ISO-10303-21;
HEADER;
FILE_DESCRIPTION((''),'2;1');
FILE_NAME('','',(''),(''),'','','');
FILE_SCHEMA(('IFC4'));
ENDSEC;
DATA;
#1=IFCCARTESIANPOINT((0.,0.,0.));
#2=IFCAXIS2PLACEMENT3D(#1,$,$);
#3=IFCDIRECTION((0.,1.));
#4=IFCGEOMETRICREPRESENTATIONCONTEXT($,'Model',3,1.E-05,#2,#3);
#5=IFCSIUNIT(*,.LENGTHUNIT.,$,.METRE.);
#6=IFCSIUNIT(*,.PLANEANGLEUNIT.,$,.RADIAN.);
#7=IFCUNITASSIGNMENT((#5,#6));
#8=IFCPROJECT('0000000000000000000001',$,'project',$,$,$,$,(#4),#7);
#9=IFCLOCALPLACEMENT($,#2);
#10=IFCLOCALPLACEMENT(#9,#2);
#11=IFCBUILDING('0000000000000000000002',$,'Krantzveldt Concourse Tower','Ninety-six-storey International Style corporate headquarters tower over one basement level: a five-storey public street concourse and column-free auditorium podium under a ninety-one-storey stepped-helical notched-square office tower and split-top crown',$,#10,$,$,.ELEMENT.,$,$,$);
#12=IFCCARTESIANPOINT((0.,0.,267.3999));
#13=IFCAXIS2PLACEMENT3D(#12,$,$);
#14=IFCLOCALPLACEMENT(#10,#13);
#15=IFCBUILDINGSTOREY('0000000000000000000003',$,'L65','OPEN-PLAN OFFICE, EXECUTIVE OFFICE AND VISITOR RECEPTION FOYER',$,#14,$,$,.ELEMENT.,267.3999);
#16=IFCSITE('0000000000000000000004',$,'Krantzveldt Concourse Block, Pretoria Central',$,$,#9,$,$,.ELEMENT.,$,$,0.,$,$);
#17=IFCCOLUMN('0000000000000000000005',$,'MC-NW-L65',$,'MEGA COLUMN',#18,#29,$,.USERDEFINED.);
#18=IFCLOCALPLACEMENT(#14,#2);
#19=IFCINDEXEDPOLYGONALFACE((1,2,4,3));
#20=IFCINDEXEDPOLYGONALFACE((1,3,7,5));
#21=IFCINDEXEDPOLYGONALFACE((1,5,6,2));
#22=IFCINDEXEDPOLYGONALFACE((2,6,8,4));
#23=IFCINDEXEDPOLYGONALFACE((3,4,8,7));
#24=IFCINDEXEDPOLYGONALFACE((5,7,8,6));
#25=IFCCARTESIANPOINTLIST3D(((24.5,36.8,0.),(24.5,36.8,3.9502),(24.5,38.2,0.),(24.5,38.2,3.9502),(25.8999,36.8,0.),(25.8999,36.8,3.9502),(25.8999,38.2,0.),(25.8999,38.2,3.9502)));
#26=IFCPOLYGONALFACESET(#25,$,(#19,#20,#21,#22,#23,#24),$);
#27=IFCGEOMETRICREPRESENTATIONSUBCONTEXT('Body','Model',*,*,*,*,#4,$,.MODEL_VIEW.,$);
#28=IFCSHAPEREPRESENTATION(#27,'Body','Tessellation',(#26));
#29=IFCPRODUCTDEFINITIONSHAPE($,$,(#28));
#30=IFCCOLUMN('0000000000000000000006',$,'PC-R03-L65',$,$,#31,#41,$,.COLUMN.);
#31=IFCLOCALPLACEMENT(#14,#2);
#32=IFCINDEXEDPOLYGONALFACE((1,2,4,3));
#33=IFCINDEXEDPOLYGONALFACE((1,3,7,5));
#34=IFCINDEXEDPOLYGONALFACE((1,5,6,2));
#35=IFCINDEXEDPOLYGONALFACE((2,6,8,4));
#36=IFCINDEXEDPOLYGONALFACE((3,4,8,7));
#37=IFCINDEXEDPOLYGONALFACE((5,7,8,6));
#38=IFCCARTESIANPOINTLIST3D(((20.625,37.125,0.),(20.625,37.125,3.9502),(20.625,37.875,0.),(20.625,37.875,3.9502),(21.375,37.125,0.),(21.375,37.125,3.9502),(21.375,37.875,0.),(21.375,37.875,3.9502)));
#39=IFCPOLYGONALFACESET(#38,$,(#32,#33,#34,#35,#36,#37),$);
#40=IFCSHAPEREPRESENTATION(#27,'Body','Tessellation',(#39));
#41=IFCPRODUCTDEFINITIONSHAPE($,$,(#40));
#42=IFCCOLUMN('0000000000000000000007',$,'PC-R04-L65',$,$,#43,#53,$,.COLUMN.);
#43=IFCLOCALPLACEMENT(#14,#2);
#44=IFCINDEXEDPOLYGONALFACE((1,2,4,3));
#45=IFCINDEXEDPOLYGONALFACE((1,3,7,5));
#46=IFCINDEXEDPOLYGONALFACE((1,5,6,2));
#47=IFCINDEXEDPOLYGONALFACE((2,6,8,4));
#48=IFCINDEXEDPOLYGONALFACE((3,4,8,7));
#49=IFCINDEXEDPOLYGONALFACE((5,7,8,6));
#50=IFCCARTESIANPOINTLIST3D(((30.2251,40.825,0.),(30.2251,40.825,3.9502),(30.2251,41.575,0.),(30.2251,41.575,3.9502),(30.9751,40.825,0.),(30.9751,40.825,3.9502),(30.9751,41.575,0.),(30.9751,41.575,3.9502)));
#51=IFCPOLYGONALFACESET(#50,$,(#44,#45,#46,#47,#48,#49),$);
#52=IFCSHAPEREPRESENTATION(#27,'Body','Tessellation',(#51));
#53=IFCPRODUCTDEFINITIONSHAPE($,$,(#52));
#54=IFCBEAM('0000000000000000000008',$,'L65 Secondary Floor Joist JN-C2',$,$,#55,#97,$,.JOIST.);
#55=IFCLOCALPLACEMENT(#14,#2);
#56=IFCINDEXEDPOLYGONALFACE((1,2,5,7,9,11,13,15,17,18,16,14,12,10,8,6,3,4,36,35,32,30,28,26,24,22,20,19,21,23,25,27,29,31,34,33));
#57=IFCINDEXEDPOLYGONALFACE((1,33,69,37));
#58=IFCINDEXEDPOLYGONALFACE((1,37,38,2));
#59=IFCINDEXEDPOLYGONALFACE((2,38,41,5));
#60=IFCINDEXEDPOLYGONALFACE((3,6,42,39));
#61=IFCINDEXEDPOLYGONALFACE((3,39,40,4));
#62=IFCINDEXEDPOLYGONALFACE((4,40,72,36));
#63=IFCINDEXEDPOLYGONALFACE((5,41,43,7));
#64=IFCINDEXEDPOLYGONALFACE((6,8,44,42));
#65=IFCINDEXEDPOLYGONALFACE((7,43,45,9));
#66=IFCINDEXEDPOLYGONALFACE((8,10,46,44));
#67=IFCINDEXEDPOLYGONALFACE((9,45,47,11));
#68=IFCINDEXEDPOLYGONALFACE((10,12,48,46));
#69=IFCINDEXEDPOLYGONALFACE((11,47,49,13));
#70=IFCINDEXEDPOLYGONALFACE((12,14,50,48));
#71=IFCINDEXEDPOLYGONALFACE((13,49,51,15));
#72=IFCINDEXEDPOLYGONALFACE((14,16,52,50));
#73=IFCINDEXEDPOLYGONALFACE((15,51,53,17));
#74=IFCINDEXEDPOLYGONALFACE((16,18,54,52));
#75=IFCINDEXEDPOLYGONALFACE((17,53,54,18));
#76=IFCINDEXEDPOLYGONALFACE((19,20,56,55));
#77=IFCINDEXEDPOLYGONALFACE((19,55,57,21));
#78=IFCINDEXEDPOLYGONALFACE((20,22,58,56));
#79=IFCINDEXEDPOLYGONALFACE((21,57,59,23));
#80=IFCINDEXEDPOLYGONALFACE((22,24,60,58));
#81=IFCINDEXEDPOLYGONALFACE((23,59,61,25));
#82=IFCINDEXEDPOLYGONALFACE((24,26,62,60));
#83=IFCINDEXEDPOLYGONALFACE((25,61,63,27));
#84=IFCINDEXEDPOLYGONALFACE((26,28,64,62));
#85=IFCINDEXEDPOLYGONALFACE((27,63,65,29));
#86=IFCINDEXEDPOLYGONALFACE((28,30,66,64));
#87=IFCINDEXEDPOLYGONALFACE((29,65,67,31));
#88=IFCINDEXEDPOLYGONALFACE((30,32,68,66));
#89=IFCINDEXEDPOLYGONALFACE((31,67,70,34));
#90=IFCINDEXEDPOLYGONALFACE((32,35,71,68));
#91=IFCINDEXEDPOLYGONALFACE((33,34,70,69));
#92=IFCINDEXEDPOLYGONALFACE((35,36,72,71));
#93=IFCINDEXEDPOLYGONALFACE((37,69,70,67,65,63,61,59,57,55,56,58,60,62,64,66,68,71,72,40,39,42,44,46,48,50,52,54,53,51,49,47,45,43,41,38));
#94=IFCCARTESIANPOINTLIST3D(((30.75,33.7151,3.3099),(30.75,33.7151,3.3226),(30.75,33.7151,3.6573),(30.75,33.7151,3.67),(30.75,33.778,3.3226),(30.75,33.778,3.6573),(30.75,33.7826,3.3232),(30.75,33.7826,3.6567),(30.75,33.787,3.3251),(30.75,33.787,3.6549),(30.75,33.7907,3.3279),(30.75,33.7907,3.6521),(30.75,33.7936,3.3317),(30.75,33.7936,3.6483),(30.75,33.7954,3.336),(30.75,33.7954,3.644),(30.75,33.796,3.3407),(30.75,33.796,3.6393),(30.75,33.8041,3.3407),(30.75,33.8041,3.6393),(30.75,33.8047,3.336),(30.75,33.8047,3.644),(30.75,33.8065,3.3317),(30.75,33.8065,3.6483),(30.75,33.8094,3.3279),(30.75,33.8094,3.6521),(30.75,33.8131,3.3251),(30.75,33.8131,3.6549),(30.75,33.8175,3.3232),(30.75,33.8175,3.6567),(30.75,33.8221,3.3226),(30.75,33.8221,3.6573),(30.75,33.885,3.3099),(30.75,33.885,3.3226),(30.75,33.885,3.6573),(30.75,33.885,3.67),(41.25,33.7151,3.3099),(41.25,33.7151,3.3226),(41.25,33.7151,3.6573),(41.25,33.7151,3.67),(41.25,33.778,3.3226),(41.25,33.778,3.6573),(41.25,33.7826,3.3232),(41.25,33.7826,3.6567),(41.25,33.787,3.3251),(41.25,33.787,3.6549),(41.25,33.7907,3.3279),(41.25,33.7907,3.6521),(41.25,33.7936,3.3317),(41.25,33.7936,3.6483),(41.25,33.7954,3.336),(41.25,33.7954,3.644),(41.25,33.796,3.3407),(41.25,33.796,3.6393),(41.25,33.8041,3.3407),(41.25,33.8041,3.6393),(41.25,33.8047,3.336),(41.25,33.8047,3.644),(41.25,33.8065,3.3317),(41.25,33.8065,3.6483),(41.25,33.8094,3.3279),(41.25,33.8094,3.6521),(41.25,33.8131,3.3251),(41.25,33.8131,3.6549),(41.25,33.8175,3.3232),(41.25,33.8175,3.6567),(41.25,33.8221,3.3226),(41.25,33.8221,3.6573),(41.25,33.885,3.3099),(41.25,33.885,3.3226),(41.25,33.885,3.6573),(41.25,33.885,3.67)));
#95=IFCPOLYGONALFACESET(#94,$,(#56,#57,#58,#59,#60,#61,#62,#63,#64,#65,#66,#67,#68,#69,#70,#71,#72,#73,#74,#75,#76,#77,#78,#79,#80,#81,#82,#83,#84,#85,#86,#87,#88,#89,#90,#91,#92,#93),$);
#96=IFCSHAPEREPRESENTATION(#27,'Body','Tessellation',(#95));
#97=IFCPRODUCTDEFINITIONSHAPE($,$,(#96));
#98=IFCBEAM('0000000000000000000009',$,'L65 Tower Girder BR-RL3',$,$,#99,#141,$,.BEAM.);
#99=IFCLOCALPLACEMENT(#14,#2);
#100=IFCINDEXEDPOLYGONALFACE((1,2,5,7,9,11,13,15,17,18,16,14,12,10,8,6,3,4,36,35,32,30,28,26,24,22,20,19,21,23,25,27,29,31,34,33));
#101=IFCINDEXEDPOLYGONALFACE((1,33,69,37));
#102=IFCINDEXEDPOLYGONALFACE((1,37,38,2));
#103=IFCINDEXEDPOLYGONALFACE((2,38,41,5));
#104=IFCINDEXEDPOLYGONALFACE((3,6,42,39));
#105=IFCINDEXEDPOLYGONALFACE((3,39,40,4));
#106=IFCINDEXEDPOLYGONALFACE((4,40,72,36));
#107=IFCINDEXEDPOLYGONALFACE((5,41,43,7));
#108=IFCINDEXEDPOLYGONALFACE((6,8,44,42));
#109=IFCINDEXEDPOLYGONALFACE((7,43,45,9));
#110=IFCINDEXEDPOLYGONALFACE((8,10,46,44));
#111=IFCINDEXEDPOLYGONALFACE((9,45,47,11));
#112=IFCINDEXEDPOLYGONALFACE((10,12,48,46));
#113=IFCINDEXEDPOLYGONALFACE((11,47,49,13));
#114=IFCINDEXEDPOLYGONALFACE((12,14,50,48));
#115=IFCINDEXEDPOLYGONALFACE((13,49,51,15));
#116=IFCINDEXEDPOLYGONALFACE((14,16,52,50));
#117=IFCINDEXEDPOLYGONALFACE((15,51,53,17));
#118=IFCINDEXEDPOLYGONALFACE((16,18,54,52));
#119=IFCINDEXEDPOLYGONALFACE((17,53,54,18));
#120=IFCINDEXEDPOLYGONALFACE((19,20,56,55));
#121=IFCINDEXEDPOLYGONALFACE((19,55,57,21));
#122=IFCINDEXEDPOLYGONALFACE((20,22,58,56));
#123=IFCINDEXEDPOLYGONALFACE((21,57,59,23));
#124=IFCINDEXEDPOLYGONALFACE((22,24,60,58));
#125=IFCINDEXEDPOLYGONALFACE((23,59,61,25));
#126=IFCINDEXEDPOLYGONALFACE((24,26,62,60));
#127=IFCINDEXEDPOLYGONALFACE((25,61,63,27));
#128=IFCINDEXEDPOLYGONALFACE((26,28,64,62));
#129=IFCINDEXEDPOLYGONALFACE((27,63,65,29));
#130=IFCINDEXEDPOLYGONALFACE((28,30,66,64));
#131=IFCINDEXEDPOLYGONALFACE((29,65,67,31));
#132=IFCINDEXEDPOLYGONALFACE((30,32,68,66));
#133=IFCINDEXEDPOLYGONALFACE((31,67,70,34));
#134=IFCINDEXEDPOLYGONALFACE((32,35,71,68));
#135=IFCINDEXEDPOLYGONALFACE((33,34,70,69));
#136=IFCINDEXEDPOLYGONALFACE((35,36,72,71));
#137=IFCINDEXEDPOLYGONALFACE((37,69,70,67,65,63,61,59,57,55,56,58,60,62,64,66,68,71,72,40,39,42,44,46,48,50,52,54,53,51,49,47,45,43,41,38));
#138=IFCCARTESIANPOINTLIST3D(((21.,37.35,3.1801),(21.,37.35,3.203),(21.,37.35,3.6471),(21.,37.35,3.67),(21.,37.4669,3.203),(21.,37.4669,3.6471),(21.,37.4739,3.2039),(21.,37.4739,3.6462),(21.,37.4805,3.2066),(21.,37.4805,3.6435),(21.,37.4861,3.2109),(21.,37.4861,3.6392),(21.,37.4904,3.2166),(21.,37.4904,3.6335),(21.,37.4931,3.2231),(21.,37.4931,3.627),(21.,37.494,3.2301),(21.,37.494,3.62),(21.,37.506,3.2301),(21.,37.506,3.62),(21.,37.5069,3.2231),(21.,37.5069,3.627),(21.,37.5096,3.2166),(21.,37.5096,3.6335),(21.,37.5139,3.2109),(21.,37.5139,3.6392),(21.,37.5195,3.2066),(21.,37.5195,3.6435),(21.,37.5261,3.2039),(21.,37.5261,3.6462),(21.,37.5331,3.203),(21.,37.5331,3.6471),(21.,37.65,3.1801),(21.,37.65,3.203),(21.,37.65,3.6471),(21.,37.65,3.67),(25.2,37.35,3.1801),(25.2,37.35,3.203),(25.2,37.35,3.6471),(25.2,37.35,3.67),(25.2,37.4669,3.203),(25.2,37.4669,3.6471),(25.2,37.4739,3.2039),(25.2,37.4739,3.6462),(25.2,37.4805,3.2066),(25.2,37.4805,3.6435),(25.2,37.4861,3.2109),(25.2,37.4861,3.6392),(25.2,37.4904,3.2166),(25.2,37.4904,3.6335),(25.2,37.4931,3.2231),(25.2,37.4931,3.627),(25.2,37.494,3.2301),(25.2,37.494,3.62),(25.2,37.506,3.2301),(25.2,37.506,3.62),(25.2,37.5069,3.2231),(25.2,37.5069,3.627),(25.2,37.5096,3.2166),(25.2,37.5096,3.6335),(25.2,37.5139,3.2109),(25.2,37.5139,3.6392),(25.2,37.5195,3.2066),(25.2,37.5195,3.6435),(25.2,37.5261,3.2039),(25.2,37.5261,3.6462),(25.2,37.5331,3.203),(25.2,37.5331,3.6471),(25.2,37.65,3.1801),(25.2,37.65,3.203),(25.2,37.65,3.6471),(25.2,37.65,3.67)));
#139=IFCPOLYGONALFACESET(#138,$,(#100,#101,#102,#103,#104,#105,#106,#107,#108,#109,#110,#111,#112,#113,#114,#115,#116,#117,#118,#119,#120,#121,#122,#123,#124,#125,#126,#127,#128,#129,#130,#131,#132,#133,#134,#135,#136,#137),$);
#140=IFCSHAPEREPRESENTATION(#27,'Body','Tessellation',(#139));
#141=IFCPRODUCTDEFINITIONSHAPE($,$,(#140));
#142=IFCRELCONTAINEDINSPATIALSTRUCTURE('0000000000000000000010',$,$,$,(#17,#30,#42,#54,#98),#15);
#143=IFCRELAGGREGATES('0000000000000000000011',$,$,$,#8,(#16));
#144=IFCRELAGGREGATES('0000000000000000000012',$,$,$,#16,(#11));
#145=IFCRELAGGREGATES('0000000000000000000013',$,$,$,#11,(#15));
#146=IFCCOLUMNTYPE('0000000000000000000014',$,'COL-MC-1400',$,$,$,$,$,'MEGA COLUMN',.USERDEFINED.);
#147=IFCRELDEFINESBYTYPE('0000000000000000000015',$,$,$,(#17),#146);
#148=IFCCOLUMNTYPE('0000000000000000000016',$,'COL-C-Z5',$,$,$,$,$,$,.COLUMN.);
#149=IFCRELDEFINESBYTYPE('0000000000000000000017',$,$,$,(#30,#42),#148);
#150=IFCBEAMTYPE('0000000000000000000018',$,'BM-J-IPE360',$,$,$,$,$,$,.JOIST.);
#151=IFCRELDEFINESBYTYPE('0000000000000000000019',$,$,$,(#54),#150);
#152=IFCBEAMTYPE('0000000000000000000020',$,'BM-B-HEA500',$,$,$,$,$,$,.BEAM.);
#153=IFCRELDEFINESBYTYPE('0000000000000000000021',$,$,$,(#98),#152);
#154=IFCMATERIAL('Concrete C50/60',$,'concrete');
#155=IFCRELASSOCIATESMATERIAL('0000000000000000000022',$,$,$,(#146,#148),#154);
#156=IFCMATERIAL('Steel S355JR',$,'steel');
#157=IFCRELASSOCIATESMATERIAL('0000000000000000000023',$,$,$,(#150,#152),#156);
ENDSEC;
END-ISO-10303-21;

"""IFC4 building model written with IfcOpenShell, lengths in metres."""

from ifc_helpers import new_model, si_unit, direction, frame, origin, origin_2d, place, context, subcontext, project, spatial, rectangle, i_section, extrude, source, transform, mapped, material, material_profile, profile_set, type_object, type_shapes, element, save


model = new_model("IFC4")

# Units and contexts
model_context = context("Model", 3, precision=1e-05, world=origin(), true_north=direction((0.0, 1.0)))
body_context = subcontext(model_context, "Body", "Model", "MODEL_VIEW")
ifc_project = project(units=[si_unit("LENGTHUNIT", "METRE"), si_unit("PLANEANGLEUNIT", "RADIAN")], contexts=[model_context])

# Site, building, storey
site_placement = place(None, origin())
site = spatial("IfcSite", under=ifc_project, at=site_placement, Name="Krantzveldt Concourse Block, Pretoria Central", CompositionType="ELEMENT", RefElevation=0.0)
building_placement = place(site_placement, origin())
building = spatial("IfcBuilding", under=site, at=building_placement, Name="Krantzveldt Concourse Tower", Description="Ninety-six-storey International Style corporate headquarters tower over one basement level: a five-storey public street concourse and column-free auditorium podium under a ninety-one-storey stepped-helical notched-square office tower and split-top crown", CompositionType="ELEMENT")
storey_placement = place(building_placement, frame((0.0, 0.0, 267.3999)))
storey = spatial("IfcBuildingStorey", under=building, at=storey_placement, Name="L65", Description="OPEN-PLAN OFFICE, EXECUTIVE OFFICE AND VISITOR RECEPTION FOYER", CompositionType="ELEMENT", Elevation=267.3999)

# Columns
ifc_material_1 = material(Name="Concrete C50/60", Category="concrete")
ifc_material_profile_1 = material_profile(ifc_material_1, rectangle(XDim=1.3999, YDim=1.3999, at=origin_2d()), Name="Concrete C50/60", Category="concrete")
ifc_profile_set_1 = profile_set([ifc_material_profile_1], Name="Concrete C50/60 - RC 1400x1400")
column_type_1 = type_object("IfcColumnType", Name="COL-MC-1400", ElementType="MEGA COLUMN", PredefinedType="USERDEFINED", material=ifc_profile_set_1)
shared_shape_1 = source(origin(), body_context, "Body", "SweptSolid", [
    extrude(rectangle(XDim=1.3999, YDim=1.3999, at=origin_2d()), origin(), (0.0, 0.0, 1.0), 3.9502),
])
type_shapes(column_type_1, [shared_shape_1])
column_placement = place(storey_placement, frame((25.2, 37.5, 0.0), z_axis=(0.0, 0.0, 1.0), x_axis=(1.0, 0.0, 0.0)))
element("IfcColumn", 1, at=column_placement, inside=storey, type_object=column_type_1, Name="MC-NW-L65", ObjectType="MEGA COLUMN", PredefinedType="USERDEFINED", context=body_context, shape_type="MappedRepresentation", body=[
    mapped(shared_shape_1, transform((0.0, 0.0, 0.0), x_axis=(1.0, 0.0, 0.0), y_axis=(0.0, 1.0, 0.0), z_axis=(0.0, 0.0, 1.0), scale=1.0)),
])
ifc_material_profile_2 = material_profile(ifc_material_1, rectangle(XDim=0.75, YDim=0.75, at=origin_2d()), Name="Concrete C50/60", Category="concrete")
ifc_profile_set_2 = profile_set([ifc_material_profile_2], Name="Concrete C50/60 - RC 750x750")
column_type_2 = type_object("IfcColumnType", Name="COL-C-Z5", PredefinedType="COLUMN", material=ifc_profile_set_2)
shared_shape_2 = source(origin(), body_context, "Body", "SweptSolid", [
    extrude(rectangle(XDim=0.75, YDim=0.75, at=origin_2d()), origin(), (0.0, 0.0, 1.0), 3.9502),
])
type_shapes(column_type_2, [shared_shape_2])
for number, where, z_axis, x_axis, name in (
    (2, (21.0, 37.5, 0.0), (0.0, 0.0, 1.0), (1.0, 0.0, 0.0), "PC-R03-L65"),
    (3, (30.6001, 41.2, 0.0), (0.0, 0.0, 1.0), (1.0, 0.0, 0.0), "PC-R04-L65"),
):
    element("IfcColumn", number, at=place(storey_placement, frame(where, z_axis=z_axis, x_axis=x_axis)), inside=storey, type_object=column_type_2, Name=name, PredefinedType="COLUMN", context=body_context, shape_type="MappedRepresentation", body=[
        mapped(shared_shape_2, transform((0.0, 0.0, 0.0), x_axis=(1.0, 0.0, 0.0), y_axis=(0.0, 1.0, 0.0), z_axis=(0.0, 0.0, 1.0), scale=1.0)),
    ])

# Beams
ifc_material_2 = material(Name="Steel S355JR", Category="steel")
ifc_material_profile_3 = material_profile(ifc_material_2, i_section(OverallWidth=0.1699, OverallDepth=0.3601, WebThickness=0.0081, FlangeThickness=0.0127, FilletRadius=0.0181, at=origin_2d()), Name="Steel S355JR", Category="steel")
ifc_profile_set_3 = profile_set([ifc_material_profile_3], Name="Steel S355JR - IPE 360")
beam_type_1 = type_object("IfcBeamType", Name="BM-J-IPE360", PredefinedType="JOIST", material=ifc_profile_set_3)
shared_shape_3 = source(origin(), body_context, "Body", "SweptSolid", [
    extrude(i_section(OverallWidth=0.1699, OverallDepth=0.3601, WebThickness=0.0081, FlangeThickness=0.0127, FilletRadius=0.0181, at=origin_2d()), origin(), (0.0, 0.0, 1.0), 10.5),
])
beam_1_placement = place(storey_placement, frame((30.75, 33.8, 3.49), z_axis=(1.0, 0.0, 0.0), x_axis=(0.0, 1.0, 0.0)))
element("IfcBeam", 4, at=beam_1_placement, inside=storey, type_object=beam_type_1, Name="L65 Secondary Floor Joist JN-C2", PredefinedType="JOIST", context=body_context, shape_type="MappedRepresentation", body=[
    mapped(shared_shape_3, transform((0.0, 0.0, 0.0), x_axis=(1.0, 0.0, 0.0), y_axis=(0.0, 1.0, 0.0), z_axis=(0.0, 0.0, 1.0), scale=1.0)),
])
ifc_material_profile_4 = material_profile(ifc_material_2, i_section(OverallWidth=0.3, OverallDepth=0.49, WebThickness=0.012, FlangeThickness=0.0229, FilletRadius=0.0271, at=origin_2d()), Name="Steel S355JR", Category="steel")
ifc_profile_set_4 = profile_set([ifc_material_profile_4], Name="Steel S355JR - HEA 500")
beam_type_2 = type_object("IfcBeamType", Name="BM-B-HEA500", PredefinedType="BEAM", material=ifc_profile_set_4)
shared_shape_4 = source(origin(), body_context, "Body", "SweptSolid", [
    extrude(i_section(OverallWidth=0.3, OverallDepth=0.49, WebThickness=0.012, FlangeThickness=0.0229, FilletRadius=0.0271, at=origin_2d()), origin(), (0.0, 0.0, 1.0), 4.2),
])
beam_2_placement = place(storey_placement, frame((21.0, 37.5, 3.425), z_axis=(1.0, 0.0, 0.0), x_axis=(0.0, 1.0, 0.0)))
element("IfcBeam", 5, at=beam_2_placement, inside=storey, type_object=beam_type_2, Name="L65 Tower Girder BR-RL3", PredefinedType="BEAM", context=body_context, shape_type="MappedRepresentation", body=[
    mapped(shared_shape_4, transform((0.0, 0.0, 0.0), x_axis=(1.0, 0.0, 0.0), y_axis=(0.0, 1.0, 0.0), z_axis=(0.0, 0.0, 1.0), scale=1.0)),
])

save(model, "model.ifc")
